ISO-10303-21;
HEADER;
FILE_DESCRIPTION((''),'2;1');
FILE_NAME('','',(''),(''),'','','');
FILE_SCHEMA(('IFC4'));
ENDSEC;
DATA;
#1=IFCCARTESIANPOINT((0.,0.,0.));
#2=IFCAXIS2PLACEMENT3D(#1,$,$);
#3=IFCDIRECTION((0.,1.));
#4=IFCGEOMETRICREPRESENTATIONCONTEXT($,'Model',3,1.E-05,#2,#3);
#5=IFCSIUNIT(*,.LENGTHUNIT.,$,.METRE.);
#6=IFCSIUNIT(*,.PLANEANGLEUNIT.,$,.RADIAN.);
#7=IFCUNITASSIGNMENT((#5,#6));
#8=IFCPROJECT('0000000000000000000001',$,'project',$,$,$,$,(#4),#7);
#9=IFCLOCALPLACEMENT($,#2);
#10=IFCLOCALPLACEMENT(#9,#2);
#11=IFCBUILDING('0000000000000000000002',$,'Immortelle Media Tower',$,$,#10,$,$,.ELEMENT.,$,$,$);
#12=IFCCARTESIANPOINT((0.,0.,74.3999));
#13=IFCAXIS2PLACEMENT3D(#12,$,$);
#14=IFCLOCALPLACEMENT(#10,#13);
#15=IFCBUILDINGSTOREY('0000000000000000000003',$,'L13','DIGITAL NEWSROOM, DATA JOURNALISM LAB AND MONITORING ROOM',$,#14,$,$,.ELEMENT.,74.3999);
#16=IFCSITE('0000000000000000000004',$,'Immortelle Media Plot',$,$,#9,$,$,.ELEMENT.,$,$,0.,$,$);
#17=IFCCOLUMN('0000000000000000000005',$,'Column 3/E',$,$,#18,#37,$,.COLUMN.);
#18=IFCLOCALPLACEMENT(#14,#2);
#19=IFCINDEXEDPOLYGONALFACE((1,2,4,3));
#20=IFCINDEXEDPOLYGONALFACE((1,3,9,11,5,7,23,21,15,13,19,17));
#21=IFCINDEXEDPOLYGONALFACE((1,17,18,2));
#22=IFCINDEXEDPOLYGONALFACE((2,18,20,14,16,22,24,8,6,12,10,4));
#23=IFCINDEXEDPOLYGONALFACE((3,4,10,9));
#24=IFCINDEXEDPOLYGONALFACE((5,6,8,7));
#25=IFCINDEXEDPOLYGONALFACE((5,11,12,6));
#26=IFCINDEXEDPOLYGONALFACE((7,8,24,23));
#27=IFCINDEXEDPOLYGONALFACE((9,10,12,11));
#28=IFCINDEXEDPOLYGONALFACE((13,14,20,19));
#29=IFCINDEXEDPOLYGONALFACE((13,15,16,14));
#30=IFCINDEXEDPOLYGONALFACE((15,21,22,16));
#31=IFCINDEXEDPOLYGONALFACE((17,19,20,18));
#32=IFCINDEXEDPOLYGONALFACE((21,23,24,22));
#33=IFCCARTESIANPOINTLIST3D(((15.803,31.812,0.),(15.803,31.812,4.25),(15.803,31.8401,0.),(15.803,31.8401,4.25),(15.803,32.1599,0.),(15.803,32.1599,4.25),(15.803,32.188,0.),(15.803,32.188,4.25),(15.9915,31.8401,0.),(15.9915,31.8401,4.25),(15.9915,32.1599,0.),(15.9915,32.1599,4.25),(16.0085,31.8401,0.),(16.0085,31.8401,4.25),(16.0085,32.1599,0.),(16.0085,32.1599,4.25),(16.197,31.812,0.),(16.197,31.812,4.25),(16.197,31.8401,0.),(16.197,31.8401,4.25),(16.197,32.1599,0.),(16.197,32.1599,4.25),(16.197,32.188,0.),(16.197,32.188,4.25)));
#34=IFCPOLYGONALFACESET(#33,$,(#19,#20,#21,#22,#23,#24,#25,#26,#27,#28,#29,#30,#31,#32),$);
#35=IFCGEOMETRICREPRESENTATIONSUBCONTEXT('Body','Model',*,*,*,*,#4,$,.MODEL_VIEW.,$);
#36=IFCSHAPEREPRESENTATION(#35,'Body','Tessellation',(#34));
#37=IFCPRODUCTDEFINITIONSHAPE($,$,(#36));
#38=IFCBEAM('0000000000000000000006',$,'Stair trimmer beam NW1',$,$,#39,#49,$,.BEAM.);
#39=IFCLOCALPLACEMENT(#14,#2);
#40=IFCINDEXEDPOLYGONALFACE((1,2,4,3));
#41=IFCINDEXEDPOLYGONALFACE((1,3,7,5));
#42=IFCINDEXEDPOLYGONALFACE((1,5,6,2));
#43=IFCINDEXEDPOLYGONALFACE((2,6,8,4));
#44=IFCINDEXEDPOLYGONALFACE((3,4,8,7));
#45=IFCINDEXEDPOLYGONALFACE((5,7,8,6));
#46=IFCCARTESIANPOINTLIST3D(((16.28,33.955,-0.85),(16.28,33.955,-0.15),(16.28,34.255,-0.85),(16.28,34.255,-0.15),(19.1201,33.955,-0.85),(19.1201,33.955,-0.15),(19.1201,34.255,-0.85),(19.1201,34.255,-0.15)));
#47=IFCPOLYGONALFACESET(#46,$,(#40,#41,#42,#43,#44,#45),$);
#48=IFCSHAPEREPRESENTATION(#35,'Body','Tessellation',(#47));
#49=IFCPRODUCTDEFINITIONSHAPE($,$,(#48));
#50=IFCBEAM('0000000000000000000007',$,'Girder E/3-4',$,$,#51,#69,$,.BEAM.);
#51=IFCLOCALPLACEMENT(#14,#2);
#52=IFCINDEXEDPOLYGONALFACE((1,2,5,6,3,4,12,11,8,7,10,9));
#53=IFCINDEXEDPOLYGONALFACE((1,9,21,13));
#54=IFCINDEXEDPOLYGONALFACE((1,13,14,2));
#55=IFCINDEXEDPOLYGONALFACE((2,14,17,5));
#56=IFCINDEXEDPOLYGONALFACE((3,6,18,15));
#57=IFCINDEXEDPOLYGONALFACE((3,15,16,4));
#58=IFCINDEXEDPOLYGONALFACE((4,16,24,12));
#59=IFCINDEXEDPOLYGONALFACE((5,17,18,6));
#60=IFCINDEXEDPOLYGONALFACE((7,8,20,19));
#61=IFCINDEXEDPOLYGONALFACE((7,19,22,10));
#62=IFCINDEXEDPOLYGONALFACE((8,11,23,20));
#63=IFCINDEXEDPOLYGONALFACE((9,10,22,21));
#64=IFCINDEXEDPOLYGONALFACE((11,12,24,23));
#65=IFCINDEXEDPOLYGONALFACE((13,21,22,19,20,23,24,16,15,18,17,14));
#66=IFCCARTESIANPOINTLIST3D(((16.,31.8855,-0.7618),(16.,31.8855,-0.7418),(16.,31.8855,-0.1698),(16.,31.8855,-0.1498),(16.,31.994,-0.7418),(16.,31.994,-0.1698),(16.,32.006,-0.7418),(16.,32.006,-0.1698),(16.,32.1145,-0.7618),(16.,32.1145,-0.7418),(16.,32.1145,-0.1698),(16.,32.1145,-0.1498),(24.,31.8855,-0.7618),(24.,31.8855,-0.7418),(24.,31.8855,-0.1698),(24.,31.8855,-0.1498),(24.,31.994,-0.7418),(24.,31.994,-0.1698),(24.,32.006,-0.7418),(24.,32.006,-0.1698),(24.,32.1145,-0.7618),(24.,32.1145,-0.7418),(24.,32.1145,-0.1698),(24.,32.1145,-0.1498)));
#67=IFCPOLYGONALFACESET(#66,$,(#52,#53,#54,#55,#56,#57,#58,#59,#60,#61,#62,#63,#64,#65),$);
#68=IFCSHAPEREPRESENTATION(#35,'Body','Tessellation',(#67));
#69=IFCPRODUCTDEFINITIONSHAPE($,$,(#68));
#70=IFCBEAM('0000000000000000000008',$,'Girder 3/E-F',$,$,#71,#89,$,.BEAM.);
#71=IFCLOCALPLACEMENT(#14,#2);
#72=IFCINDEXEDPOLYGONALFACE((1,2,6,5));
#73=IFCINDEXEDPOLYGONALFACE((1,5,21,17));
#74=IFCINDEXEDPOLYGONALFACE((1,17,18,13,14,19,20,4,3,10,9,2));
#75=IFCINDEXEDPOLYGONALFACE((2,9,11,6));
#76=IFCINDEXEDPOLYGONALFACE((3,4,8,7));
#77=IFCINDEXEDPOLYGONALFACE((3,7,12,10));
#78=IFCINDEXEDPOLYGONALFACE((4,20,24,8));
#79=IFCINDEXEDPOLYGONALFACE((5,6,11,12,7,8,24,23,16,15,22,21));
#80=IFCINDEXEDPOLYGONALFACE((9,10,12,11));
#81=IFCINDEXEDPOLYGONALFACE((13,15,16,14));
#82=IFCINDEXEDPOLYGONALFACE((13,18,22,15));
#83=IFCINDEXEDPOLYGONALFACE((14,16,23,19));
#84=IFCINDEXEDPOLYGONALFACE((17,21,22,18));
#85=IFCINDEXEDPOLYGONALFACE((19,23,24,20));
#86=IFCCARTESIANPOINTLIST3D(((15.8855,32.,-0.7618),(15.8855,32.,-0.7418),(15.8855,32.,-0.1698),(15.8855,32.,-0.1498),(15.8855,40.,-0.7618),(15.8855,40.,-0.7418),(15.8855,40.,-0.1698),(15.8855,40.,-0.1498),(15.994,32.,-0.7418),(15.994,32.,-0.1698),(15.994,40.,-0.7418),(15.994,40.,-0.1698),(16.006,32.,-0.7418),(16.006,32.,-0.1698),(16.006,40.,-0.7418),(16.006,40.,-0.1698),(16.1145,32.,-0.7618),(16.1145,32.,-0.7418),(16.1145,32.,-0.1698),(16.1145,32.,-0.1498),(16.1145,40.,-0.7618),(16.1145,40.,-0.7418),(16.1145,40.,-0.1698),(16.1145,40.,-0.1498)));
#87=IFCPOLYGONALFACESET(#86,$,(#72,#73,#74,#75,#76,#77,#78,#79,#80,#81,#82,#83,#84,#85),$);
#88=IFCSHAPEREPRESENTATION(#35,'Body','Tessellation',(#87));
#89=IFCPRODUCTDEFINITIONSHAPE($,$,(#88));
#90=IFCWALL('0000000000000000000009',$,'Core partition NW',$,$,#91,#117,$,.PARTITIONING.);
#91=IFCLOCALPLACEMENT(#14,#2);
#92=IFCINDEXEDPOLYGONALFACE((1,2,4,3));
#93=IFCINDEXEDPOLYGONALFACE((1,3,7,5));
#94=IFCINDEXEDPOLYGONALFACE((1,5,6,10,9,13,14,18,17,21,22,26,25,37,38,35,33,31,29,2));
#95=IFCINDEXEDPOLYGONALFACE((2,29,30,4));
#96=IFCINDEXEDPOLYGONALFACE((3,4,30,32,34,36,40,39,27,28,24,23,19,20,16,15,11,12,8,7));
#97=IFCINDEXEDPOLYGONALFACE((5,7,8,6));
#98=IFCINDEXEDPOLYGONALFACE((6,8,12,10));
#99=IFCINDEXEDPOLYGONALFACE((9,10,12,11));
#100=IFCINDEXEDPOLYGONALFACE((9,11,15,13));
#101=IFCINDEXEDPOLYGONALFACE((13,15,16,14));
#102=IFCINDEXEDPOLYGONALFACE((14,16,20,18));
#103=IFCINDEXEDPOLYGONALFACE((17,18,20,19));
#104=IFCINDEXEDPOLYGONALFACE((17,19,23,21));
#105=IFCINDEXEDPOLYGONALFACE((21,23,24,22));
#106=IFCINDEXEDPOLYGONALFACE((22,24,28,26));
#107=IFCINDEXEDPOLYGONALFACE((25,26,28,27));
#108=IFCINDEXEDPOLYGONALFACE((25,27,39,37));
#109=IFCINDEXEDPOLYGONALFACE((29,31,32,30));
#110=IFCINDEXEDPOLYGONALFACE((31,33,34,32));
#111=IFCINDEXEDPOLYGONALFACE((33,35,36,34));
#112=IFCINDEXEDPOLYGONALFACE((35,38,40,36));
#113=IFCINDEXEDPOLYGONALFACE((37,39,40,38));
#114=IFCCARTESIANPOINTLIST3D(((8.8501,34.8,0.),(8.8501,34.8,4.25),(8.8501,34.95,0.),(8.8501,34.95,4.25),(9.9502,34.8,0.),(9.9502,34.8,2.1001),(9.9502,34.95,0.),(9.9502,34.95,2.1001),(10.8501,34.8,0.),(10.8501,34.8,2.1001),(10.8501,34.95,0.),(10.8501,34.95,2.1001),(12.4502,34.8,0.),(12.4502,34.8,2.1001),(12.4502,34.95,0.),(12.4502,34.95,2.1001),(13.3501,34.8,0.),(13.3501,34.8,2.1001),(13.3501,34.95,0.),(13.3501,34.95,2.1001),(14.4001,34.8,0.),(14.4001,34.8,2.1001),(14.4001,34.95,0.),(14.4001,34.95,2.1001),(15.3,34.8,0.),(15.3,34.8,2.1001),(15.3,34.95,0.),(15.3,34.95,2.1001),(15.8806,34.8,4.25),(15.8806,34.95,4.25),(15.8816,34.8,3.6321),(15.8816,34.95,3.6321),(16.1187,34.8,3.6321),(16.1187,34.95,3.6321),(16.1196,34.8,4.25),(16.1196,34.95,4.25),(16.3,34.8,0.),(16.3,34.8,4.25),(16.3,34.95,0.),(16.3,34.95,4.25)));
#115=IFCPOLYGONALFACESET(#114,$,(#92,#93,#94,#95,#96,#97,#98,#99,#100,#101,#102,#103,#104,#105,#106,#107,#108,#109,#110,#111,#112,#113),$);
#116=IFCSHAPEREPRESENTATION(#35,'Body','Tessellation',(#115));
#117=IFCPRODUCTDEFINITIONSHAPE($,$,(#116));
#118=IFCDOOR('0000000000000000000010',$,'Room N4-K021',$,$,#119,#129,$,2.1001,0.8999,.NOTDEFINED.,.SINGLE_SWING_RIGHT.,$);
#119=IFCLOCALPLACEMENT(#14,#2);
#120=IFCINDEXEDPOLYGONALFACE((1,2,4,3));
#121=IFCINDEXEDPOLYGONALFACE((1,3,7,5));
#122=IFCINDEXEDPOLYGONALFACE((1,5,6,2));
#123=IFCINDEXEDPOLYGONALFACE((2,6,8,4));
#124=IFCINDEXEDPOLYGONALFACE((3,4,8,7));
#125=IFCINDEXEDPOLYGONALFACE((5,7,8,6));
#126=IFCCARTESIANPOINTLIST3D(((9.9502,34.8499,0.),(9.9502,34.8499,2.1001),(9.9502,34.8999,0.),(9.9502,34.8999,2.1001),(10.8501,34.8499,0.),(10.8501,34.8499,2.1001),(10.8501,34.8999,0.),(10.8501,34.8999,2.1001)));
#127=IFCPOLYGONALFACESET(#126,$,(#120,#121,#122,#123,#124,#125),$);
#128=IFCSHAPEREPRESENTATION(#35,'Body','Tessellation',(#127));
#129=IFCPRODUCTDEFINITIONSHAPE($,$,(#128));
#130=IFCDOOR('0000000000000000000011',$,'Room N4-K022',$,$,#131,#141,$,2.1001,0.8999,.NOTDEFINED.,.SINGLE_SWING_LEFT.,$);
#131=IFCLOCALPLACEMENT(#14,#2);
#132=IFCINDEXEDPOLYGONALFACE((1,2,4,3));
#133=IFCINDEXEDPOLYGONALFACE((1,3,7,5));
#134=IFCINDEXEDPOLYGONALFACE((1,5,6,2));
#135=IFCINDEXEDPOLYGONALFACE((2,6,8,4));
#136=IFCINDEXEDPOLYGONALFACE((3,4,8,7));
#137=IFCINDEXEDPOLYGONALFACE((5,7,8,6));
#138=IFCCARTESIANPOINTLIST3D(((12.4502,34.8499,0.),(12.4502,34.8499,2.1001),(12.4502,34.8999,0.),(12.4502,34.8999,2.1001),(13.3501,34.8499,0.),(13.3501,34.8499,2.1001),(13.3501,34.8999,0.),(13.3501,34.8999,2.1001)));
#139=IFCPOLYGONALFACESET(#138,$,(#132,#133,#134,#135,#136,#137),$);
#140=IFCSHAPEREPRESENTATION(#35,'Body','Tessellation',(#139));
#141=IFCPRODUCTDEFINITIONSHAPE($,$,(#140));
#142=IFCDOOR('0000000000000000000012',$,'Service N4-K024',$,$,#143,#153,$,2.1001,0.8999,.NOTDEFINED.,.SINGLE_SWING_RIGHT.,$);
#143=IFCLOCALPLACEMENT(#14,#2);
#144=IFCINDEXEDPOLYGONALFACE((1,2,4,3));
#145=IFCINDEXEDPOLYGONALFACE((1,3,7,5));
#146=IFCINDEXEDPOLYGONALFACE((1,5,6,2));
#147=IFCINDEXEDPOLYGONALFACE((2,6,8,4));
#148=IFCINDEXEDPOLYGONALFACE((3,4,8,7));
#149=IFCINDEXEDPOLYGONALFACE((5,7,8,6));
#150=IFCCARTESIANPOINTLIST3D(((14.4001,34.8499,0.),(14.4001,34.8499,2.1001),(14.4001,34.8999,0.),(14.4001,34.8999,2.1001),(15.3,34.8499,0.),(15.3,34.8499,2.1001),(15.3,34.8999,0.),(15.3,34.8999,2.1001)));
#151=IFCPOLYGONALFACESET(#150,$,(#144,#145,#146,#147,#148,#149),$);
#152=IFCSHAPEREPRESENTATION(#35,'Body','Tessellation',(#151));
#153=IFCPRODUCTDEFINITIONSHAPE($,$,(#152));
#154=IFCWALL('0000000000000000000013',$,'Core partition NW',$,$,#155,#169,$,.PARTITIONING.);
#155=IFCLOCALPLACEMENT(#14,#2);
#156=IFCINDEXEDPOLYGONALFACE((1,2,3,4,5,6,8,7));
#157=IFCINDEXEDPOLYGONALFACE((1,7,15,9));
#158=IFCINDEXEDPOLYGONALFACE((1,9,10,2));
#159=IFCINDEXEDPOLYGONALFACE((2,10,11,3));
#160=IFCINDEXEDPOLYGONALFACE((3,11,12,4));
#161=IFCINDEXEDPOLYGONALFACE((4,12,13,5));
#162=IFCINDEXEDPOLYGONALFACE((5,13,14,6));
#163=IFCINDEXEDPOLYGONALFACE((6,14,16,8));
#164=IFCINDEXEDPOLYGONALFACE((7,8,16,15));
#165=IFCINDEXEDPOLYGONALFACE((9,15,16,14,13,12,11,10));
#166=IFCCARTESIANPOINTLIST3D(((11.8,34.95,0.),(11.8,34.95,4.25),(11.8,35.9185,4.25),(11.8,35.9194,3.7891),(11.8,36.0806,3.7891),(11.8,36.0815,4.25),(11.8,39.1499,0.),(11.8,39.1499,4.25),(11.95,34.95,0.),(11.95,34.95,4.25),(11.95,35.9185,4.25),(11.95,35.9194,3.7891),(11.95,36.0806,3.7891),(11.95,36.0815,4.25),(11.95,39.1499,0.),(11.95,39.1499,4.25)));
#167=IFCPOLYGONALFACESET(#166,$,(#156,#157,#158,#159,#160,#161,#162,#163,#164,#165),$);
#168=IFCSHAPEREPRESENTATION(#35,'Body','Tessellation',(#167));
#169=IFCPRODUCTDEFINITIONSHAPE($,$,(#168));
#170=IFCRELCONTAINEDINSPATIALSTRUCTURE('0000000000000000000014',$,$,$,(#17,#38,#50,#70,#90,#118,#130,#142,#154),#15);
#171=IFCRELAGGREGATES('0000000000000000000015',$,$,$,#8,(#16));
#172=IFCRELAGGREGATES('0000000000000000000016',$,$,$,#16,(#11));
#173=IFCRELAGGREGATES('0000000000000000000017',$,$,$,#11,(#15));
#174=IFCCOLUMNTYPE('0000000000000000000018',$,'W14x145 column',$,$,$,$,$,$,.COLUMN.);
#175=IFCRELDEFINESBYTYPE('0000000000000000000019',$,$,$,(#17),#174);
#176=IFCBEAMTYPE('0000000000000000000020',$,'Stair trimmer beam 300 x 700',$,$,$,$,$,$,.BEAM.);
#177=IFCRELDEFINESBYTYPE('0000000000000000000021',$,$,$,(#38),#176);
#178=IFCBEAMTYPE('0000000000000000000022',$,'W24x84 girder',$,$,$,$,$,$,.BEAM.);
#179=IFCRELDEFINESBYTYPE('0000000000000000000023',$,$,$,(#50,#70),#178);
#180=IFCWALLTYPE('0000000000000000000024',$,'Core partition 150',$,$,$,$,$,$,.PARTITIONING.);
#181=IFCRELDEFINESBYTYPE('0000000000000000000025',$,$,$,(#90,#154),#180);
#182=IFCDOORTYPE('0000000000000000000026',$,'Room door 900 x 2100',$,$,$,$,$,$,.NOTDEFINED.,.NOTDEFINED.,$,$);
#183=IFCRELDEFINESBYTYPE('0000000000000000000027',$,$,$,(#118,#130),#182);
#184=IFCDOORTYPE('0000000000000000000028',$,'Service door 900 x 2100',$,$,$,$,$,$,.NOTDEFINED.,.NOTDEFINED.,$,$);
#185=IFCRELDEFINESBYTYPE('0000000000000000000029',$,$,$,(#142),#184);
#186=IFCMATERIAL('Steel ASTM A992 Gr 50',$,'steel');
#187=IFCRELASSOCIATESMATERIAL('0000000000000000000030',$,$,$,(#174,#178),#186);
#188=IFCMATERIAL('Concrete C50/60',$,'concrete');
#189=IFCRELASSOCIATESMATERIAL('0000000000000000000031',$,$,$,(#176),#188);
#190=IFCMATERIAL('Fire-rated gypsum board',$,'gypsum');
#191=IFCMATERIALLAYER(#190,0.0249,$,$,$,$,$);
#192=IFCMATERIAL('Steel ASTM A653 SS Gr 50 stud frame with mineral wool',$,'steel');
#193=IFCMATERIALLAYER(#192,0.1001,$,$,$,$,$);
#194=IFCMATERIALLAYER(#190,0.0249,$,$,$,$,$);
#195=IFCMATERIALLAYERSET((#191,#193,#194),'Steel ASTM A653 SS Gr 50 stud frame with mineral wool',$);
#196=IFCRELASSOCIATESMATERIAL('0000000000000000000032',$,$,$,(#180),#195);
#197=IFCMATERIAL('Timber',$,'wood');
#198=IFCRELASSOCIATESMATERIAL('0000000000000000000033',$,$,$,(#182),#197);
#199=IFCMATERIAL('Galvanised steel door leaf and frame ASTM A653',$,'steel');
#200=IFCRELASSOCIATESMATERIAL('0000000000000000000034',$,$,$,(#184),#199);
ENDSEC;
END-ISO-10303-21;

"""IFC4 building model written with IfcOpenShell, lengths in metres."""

from ifc_helpers import new_model, si_unit, direction, frame, frame_2d, origin, origin_2d, place, context, subcontext, project, spatial, polyline, rectangle, i_section, outline, extrude, material, layer, layer_set, material_profile, profile_set, type_object, element, fill, save


model = new_model("IFC4")

# Units and contexts
model_context = context("Model", 3, precision=1e-05, world=origin(), true_north=direction((0.0, 1.0)))
body_context = subcontext(model_context, "Body", "Model", "MODEL_VIEW")
ifc_project = project(units=[si_unit("LENGTHUNIT", "METRE"), si_unit("PLANEANGLEUNIT", "RADIAN")], contexts=[model_context])

# Site, building, storey
site_placement = place(None, origin())
site = spatial("IfcSite", under=ifc_project, at=site_placement, Name="Immortelle Media Plot", CompositionType="ELEMENT", RefElevation=0.0)
building_placement = place(site_placement, origin())
building = spatial("IfcBuilding", under=site, at=building_placement, Name="Immortelle Media Tower", CompositionType="ELEMENT")
storey_placement = place(building_placement, frame((0.0, 0.0, 74.3999)))
storey = spatial("IfcBuildingStorey", under=building, at=storey_placement, Name="L13", Description="DIGITAL NEWSROOM, DATA JOURNALISM LAB AND MONITORING ROOM", CompositionType="ELEMENT", Elevation=74.3999)

# Column
ifc_material_1 = material(Name="Steel ASTM A992 Gr 50", Category="steel")
ifc_material_profile_1 = material_profile(ifc_material_1, i_section(OverallWidth=0.394, OverallDepth=0.376, WebThickness=0.0171, FlangeThickness=0.0281, at=origin_2d()), Name="W14x145")
ifc_profile_set_1 = profile_set([ifc_material_profile_1], Name="Steel ASTM A992 Gr 50")
column_type = type_object("IfcColumnType", Name="W14x145 column", PredefinedType="COLUMN", material=ifc_profile_set_1)
column_placement = place(storey_placement, frame((16.0, 32.0, 0.0), z_axis=(0.0, 0.0, 1.0), x_axis=(1.0, 0.0, 0.0)))
element("IfcColumn", 1, at=column_placement, inside=storey, type_object=column_type, Name="Column 3/E", PredefinedType="COLUMN", context=body_context, shape_type="SweptSolid", body=[
    extrude(i_section(OverallWidth=0.394, OverallDepth=0.376, WebThickness=0.0171, FlangeThickness=0.0281, at=origin_2d()), origin(), (0.0, 0.0, 1.0), 4.25),
])

# Beams
ifc_material_2 = material(Name="Concrete C50/60", Category="concrete")
ifc_material_profile_2 = material_profile(ifc_material_2, rectangle(XDim=0.3, YDim=0.7, at=origin_2d()), Name="RC 300x700")
ifc_profile_set_2 = profile_set([ifc_material_profile_2], Name="Concrete C50/60")
beam_type_1 = type_object("IfcBeamType", Name="Stair trimmer beam 300 x 700", PredefinedType="BEAM", material=ifc_profile_set_2)
beam_placement = place(storey_placement, frame((16.28, 34.105, -0.5), z_axis=(1.0, 0.0, 0.0), x_axis=(0.0, 1.0, 0.0)))
element("IfcBeam", 2, at=beam_placement, inside=storey, type_object=beam_type_1, Name="Stair trimmer beam NW1", PredefinedType="BEAM", context=body_context, shape_type="SweptSolid", body=[
    extrude(rectangle(XDim=0.3, YDim=0.7, at=origin_2d()), origin(), (0.0, 0.0, 1.0), 2.8401),
])
ifc_material_profile_3 = material_profile(ifc_material_1, i_section(OverallWidth=0.229, OverallDepth=0.6121, WebThickness=0.012, FlangeThickness=0.02, at=origin_2d()), Name="W24x84")
ifc_profile_set_3 = profile_set([ifc_material_profile_3], Name="Steel ASTM A992 Gr 50")
beam_type_2 = type_object("IfcBeamType", Name="W24x84 girder", PredefinedType="BEAM", material=ifc_profile_set_3)
for number, where, z_axis, x_axis, name in (
    (3, (16.0, 32.0, -0.4558), (1.0, 0.0, 0.0), (0.0, 1.0, 0.0), "Girder E/3-4"),
    (4, (16.0, 32.0, -0.4558), (0.0, 1.0, 0.0), (-1.0, 0.0, 0.0), "Girder 3/E-F"),
):
    element("IfcBeam", number, at=place(storey_placement, frame(where, z_axis=z_axis, x_axis=x_axis)), inside=storey, type_object=beam_type_2, Name=name, PredefinedType="BEAM", context=body_context, shape_type="SweptSolid", body=[
        extrude(i_section(OverallWidth=0.229, OverallDepth=0.6121, WebThickness=0.012, FlangeThickness=0.02, at=origin_2d()), origin(), (0.0, 0.0, 1.0), 8.0),
    ])

# Wall, openings, doors
ifc_material_3 = material(Name="Fire-rated gypsum board", Category="gypsum")
ifc_layer_1 = layer(ifc_material_3, 0.0249)
ifc_material_4 = material(Name="Steel ASTM A653 SS Gr 50 stud frame with mineral wool", Category="steel")
ifc_layer_2 = layer(ifc_material_4, 0.1001)
ifc_layer_3 = layer(ifc_material_3, 0.0249)
ifc_layer_set_1 = layer_set([ifc_layer_1, ifc_layer_2, ifc_layer_3], Name="Steel ASTM A653 SS Gr 50 stud frame with mineral wool")
wall_type_1 = type_object("IfcWallType", Name="Core partition 150", PredefinedType="PARTITIONING", material=ifc_layer_set_1)
wall_1_placement = place(storey_placement, frame((8.8501, 34.875, 0.0), z_axis=(0.0, 0.0, 1.0), x_axis=(1.0, 0.0, 0.0)))
wall_1 = element("IfcWall", 5, at=wall_1_placement, inside=storey, type_object=wall_type_1, Name="Core partition NW", PredefinedType="PARTITIONING", context=body_context, shape_type="SweptSolid", body=[
    extrude(outline(polyline([(0.0, 0.0), (7.45, 0.0), (7.45, 4.25), (7.2695, 4.25), (7.2686, 3.6321), (7.0315, 3.6321), (7.0305, 4.25), (0.0, 4.25), (0.0, 0.0)])), frame((0.0, 0.075, 0.0), z_axis=(0.0, -1.0, 0.0), x_axis=(1.0, 0.0, 0.0)), (0.0, 0.0, 1.0), 0.1499),
])
opening_1_placement = place(wall_1_placement, frame((1.1001, 0.0, 0.0)))
opening_1 = element("IfcOpeningElement", 6, at=opening_1_placement, cuts=wall_1, PredefinedType="OPENING", context=body_context, shape_type="SweptSolid", body=[
    extrude(rectangle(XDim=0.8999, YDim=2.1001, at=frame_2d((0.45, 1.05))), frame((0.0, 0.085, 0.0), z_axis=(0.0, -1.0, 0.0), x_axis=(1.0, 0.0, 0.0)), (0.0, 0.0, 1.0), 0.1699),
])
opening_2_placement = place(wall_1_placement, frame((3.6001, 0.0, 0.0)))
opening_2 = element("IfcOpeningElement", 7, at=opening_2_placement, cuts=wall_1, PredefinedType="OPENING", context=body_context, shape_type="SweptSolid", body=[
    extrude(rectangle(XDim=0.8999, YDim=2.1001, at=frame_2d((0.45, 1.05))), frame((0.0, 0.085, 0.0), z_axis=(0.0, -1.0, 0.0), x_axis=(1.0, 0.0, 0.0)), (0.0, 0.0, 1.0), 0.1699),
])
opening_3_placement = place(wall_1_placement, frame((5.55, 0.0, 0.0)))
opening_3 = element("IfcOpeningElement", 8, at=opening_3_placement, cuts=wall_1, PredefinedType="OPENING", context=body_context, shape_type="SweptSolid", body=[
    extrude(rectangle(XDim=0.8999, YDim=2.1001, at=frame_2d((0.45, 1.05))), frame((0.0, 0.085, 0.0), z_axis=(0.0, -1.0, 0.0), x_axis=(1.0, 0.0, 0.0)), (0.0, 0.0, 1.0), 0.1699),
])
ifc_material_5 = material(Name="Timber", Category="wood")
door_type_1 = type_object("IfcDoorType", Name="Room door 900 x 2100", OperationType="NOTDEFINED", PredefinedType="NOTDEFINED", material=ifc_material_5)
door_1_placement = place(opening_1_placement, origin())
door_1 = element("IfcDoor", 9, at=door_1_placement, inside=storey, type_object=door_type_1, Name="Room N4-K021", OperationType="SINGLE_SWING_RIGHT", OverallHeight=2.1001, OverallWidth=0.8999, PredefinedType="NOTDEFINED", context=body_context, shape_type="SweptSolid", body=[
    extrude(rectangle(XDim=0.8999, YDim=2.1001, at=frame_2d((0.45, 1.05))), frame((0.0, 0.0249, 0.0), z_axis=(0.0, -1.0, 0.0), x_axis=(1.0, 0.0, 0.0)), (0.0, 0.0, 1.0), 0.05),
])
fill(opening_1, door_1)
door_2_placement = place(opening_2_placement, origin())
door_2 = element("IfcDoor", 10, at=door_2_placement, inside=storey, type_object=door_type_1, Name="Room N4-K022", OperationType="SINGLE_SWING_LEFT", OverallHeight=2.1001, OverallWidth=0.8999, PredefinedType="NOTDEFINED", context=body_context, shape_type="SweptSolid", body=[
    extrude(rectangle(XDim=0.8999, YDim=2.1001, at=frame_2d((0.45, 1.05))), frame((0.0, 0.0249, 0.0), z_axis=(0.0, -1.0, 0.0), x_axis=(1.0, 0.0, 0.0)), (0.0, 0.0, 1.0), 0.05),
])
fill(opening_2, door_2)
ifc_material_6 = material(Name="Galvanised steel door leaf and frame ASTM A653", Category="steel")
door_type_2 = type_object("IfcDoorType", Name="Service door 900 x 2100", OperationType="NOTDEFINED", PredefinedType="NOTDEFINED", material=ifc_material_6)
door_3_placement = place(opening_3_placement, origin())
door_3 = element("IfcDoor", 11, at=door_3_placement, inside=storey, type_object=door_type_2, Name="Service N4-K024", OperationType="SINGLE_SWING_RIGHT", OverallHeight=2.1001, OverallWidth=0.8999, PredefinedType="NOTDEFINED", context=body_context, shape_type="SweptSolid", body=[
    extrude(rectangle(XDim=0.8999, YDim=2.1001, at=frame_2d((0.45, 1.05))), frame((0.0, 0.0249, 0.0), z_axis=(0.0, -1.0, 0.0), x_axis=(1.0, 0.0, 0.0)), (0.0, 0.0, 1.0), 0.05),
])
fill(opening_3, door_3)

# Wall
for number, where, z_axis, x_axis, name in (
    (12, (11.875, 34.95, 0.0), (0.0, 0.0, 1.0), (0.0, 1.0, 0.0), "Core partition NW"),
):
    element("IfcWall", number, at=place(storey_placement, frame(where, z_axis=z_axis, x_axis=x_axis)), inside=storey, type_object=wall_type_1, Name=name, PredefinedType="PARTITIONING", context=body_context, shape_type="SweptSolid", body=[
        extrude(outline(polyline([(0.0, 0.0), (4.2, 0.0), (4.2, 4.25), (1.1316, 4.25), (1.1306, 3.7891), (0.9695, 3.7891), (0.9685, 4.25), (0.0, 4.25), (0.0, 0.0)])), frame((0.0, 0.075, 0.0), z_axis=(0.0, -1.0, 0.0), x_axis=(1.0, 0.0, 0.0)), (0.0, 0.0, 1.0), 0.1499),
    ])

save(model, "model.ifc")
